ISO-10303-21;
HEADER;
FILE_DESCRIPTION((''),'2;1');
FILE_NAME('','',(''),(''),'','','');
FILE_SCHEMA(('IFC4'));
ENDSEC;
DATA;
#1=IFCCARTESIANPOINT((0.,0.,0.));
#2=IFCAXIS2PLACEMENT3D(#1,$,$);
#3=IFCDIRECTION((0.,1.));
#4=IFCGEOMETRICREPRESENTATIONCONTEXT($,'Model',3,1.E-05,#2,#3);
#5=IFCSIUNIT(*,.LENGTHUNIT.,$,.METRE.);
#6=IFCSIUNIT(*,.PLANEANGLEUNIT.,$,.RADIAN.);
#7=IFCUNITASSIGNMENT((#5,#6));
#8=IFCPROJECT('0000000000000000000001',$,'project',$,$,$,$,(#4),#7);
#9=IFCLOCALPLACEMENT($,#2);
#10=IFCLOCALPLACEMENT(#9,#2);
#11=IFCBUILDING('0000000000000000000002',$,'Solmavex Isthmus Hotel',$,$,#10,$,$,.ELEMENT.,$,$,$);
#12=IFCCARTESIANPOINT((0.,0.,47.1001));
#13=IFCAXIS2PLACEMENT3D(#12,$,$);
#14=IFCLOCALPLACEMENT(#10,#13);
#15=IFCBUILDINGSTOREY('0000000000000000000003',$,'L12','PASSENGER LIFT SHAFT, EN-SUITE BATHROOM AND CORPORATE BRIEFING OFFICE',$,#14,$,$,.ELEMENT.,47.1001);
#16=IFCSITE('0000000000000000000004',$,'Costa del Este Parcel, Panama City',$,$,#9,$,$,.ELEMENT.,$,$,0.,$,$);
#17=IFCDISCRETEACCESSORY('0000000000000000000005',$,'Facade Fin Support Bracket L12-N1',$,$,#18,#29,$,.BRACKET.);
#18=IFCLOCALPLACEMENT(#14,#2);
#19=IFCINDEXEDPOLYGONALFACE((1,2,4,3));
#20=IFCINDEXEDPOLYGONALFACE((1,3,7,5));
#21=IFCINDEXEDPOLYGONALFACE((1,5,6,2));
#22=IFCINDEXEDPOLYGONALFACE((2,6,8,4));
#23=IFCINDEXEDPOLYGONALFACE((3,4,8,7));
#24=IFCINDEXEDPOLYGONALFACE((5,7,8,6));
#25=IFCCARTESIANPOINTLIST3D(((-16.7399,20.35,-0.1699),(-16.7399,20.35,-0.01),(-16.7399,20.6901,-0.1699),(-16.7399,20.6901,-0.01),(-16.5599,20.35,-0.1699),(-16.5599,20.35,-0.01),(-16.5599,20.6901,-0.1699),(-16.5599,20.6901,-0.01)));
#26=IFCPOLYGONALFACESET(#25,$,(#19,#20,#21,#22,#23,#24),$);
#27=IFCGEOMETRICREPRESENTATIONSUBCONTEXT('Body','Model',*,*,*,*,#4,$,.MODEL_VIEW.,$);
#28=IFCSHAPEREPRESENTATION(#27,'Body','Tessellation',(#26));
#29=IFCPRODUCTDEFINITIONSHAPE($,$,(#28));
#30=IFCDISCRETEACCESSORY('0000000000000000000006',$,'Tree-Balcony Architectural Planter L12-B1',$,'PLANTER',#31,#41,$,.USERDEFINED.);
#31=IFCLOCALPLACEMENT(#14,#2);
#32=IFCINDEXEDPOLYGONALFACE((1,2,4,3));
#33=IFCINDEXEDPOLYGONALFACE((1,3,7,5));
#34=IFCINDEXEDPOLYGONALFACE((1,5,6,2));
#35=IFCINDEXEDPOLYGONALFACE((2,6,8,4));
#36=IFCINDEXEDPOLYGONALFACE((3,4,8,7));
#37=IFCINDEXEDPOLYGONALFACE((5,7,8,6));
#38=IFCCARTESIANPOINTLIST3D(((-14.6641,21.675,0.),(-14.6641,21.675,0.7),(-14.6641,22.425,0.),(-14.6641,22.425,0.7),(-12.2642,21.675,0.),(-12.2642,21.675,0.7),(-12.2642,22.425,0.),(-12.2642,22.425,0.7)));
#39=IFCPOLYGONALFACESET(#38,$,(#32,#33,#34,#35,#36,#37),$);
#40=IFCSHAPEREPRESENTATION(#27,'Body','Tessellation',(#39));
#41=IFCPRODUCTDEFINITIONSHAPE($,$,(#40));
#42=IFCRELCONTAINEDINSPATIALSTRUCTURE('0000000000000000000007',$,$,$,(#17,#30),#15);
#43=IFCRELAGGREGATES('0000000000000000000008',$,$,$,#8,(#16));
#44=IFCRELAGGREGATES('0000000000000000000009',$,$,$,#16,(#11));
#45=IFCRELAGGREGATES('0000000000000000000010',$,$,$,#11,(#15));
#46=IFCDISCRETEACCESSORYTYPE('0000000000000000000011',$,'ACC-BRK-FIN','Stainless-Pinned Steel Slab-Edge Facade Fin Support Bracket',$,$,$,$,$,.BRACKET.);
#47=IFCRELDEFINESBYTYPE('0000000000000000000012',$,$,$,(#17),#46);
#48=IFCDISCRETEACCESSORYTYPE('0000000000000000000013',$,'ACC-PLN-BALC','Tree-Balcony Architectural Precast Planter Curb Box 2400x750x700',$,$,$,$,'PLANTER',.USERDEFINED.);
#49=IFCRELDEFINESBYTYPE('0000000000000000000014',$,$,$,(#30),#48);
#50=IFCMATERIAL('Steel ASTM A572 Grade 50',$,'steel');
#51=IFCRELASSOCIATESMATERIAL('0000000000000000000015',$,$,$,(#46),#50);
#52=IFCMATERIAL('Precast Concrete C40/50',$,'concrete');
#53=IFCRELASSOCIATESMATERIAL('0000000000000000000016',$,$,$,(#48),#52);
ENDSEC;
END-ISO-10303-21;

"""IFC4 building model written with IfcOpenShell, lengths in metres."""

from ifc_helpers import new_model, si_unit, direction, frame, origin, origin_2d, place, context, subcontext, project, spatial, rectangle, extrude, material, type_object, element, save


model = new_model("IFC4")

# Units and contexts
model_context = context("Model", 3, precision=1e-05, world=origin(), true_north=direction((0.0, 1.0)))
body_context = subcontext(model_context, "Body", "Model", "MODEL_VIEW")
ifc_project = project(units=[si_unit("LENGTHUNIT", "METRE"), si_unit("PLANEANGLEUNIT", "RADIAN")], contexts=[model_context])

# Site, building, storey
site_placement = place(None, origin())
site = spatial("IfcSite", under=ifc_project, at=site_placement, Name="Costa del Este Parcel, Panama City", CompositionType="ELEMENT", RefElevation=0.0)
building_placement = place(site_placement, origin())
building = spatial("IfcBuilding", under=site, at=building_placement, Name="Solmavex Isthmus Hotel", CompositionType="ELEMENT")
storey_placement = place(building_placement, frame((0.0, 0.0, 47.1001)))
storey = spatial("IfcBuildingStorey", under=building, at=storey_placement, Name="L12", Description="PASSENGER LIFT SHAFT, EN-SUITE BATHROOM AND CORPORATE BRIEFING OFFICE", CompositionType="ELEMENT", Elevation=47.1001)

# Shared definitions
ifc_material_1 = material(Name="Precast Concrete C40/50", Category="concrete")

# Discrete accessories
ifc_material_2 = material(Name="Steel ASTM A572 Grade 50", Category="steel")
discrete_accessory_type_1 = type_object("IfcDiscreteAccessoryType", Name="ACC-BRK-FIN", Description="Stainless-Pinned Steel Slab-Edge Facade Fin Support Bracket", PredefinedType="BRACKET", material=ifc_material_2)
discrete_accessory_1_placement = place(storey_placement, frame((-16.6499, 20.52, -0.1699), z_axis=(0.0, 0.0, 1.0), x_axis=(0.0, 1.0, 0.0)))
element("IfcDiscreteAccessory", 1, at=discrete_accessory_1_placement, inside=storey, type_object=discrete_accessory_type_1, Name="Facade Fin Support Bracket L12-N1", PredefinedType="BRACKET", context=body_context, shape_type="SweptSolid", body=[
    extrude(rectangle(XDim=0.3401, YDim=0.1799, at=origin_2d()), origin(), (0.0, 0.0, 1.0), 0.1599),
])
discrete_accessory_type_2 = type_object("IfcDiscreteAccessoryType", Name="ACC-PLN-BALC", Description="Tree-Balcony Architectural Precast Planter Curb Box 2400x750x700", ElementType="PLANTER", PredefinedType="USERDEFINED", material=ifc_material_1)
discrete_accessory_2_placement = place(storey_placement, frame((-13.4641, 22.05, 0.0), z_axis=(0.0, 0.0, 1.0), x_axis=(1.0, 0.0, 0.0)))
element("IfcDiscreteAccessory", 2, at=discrete_accessory_2_placement, inside=storey, type_object=discrete_accessory_type_2, Name="Tree-Balcony Architectural Planter L12-B1", ObjectType="PLANTER", PredefinedType="USERDEFINED", context=body_context, shape_type="SweptSolid", body=[
    extrude(rectangle(XDim=2.3999, YDim=0.75, at=origin_2d()), origin(), (0.0, 0.0, 1.0), 0.7),
])

save(model, "model.ifc")
